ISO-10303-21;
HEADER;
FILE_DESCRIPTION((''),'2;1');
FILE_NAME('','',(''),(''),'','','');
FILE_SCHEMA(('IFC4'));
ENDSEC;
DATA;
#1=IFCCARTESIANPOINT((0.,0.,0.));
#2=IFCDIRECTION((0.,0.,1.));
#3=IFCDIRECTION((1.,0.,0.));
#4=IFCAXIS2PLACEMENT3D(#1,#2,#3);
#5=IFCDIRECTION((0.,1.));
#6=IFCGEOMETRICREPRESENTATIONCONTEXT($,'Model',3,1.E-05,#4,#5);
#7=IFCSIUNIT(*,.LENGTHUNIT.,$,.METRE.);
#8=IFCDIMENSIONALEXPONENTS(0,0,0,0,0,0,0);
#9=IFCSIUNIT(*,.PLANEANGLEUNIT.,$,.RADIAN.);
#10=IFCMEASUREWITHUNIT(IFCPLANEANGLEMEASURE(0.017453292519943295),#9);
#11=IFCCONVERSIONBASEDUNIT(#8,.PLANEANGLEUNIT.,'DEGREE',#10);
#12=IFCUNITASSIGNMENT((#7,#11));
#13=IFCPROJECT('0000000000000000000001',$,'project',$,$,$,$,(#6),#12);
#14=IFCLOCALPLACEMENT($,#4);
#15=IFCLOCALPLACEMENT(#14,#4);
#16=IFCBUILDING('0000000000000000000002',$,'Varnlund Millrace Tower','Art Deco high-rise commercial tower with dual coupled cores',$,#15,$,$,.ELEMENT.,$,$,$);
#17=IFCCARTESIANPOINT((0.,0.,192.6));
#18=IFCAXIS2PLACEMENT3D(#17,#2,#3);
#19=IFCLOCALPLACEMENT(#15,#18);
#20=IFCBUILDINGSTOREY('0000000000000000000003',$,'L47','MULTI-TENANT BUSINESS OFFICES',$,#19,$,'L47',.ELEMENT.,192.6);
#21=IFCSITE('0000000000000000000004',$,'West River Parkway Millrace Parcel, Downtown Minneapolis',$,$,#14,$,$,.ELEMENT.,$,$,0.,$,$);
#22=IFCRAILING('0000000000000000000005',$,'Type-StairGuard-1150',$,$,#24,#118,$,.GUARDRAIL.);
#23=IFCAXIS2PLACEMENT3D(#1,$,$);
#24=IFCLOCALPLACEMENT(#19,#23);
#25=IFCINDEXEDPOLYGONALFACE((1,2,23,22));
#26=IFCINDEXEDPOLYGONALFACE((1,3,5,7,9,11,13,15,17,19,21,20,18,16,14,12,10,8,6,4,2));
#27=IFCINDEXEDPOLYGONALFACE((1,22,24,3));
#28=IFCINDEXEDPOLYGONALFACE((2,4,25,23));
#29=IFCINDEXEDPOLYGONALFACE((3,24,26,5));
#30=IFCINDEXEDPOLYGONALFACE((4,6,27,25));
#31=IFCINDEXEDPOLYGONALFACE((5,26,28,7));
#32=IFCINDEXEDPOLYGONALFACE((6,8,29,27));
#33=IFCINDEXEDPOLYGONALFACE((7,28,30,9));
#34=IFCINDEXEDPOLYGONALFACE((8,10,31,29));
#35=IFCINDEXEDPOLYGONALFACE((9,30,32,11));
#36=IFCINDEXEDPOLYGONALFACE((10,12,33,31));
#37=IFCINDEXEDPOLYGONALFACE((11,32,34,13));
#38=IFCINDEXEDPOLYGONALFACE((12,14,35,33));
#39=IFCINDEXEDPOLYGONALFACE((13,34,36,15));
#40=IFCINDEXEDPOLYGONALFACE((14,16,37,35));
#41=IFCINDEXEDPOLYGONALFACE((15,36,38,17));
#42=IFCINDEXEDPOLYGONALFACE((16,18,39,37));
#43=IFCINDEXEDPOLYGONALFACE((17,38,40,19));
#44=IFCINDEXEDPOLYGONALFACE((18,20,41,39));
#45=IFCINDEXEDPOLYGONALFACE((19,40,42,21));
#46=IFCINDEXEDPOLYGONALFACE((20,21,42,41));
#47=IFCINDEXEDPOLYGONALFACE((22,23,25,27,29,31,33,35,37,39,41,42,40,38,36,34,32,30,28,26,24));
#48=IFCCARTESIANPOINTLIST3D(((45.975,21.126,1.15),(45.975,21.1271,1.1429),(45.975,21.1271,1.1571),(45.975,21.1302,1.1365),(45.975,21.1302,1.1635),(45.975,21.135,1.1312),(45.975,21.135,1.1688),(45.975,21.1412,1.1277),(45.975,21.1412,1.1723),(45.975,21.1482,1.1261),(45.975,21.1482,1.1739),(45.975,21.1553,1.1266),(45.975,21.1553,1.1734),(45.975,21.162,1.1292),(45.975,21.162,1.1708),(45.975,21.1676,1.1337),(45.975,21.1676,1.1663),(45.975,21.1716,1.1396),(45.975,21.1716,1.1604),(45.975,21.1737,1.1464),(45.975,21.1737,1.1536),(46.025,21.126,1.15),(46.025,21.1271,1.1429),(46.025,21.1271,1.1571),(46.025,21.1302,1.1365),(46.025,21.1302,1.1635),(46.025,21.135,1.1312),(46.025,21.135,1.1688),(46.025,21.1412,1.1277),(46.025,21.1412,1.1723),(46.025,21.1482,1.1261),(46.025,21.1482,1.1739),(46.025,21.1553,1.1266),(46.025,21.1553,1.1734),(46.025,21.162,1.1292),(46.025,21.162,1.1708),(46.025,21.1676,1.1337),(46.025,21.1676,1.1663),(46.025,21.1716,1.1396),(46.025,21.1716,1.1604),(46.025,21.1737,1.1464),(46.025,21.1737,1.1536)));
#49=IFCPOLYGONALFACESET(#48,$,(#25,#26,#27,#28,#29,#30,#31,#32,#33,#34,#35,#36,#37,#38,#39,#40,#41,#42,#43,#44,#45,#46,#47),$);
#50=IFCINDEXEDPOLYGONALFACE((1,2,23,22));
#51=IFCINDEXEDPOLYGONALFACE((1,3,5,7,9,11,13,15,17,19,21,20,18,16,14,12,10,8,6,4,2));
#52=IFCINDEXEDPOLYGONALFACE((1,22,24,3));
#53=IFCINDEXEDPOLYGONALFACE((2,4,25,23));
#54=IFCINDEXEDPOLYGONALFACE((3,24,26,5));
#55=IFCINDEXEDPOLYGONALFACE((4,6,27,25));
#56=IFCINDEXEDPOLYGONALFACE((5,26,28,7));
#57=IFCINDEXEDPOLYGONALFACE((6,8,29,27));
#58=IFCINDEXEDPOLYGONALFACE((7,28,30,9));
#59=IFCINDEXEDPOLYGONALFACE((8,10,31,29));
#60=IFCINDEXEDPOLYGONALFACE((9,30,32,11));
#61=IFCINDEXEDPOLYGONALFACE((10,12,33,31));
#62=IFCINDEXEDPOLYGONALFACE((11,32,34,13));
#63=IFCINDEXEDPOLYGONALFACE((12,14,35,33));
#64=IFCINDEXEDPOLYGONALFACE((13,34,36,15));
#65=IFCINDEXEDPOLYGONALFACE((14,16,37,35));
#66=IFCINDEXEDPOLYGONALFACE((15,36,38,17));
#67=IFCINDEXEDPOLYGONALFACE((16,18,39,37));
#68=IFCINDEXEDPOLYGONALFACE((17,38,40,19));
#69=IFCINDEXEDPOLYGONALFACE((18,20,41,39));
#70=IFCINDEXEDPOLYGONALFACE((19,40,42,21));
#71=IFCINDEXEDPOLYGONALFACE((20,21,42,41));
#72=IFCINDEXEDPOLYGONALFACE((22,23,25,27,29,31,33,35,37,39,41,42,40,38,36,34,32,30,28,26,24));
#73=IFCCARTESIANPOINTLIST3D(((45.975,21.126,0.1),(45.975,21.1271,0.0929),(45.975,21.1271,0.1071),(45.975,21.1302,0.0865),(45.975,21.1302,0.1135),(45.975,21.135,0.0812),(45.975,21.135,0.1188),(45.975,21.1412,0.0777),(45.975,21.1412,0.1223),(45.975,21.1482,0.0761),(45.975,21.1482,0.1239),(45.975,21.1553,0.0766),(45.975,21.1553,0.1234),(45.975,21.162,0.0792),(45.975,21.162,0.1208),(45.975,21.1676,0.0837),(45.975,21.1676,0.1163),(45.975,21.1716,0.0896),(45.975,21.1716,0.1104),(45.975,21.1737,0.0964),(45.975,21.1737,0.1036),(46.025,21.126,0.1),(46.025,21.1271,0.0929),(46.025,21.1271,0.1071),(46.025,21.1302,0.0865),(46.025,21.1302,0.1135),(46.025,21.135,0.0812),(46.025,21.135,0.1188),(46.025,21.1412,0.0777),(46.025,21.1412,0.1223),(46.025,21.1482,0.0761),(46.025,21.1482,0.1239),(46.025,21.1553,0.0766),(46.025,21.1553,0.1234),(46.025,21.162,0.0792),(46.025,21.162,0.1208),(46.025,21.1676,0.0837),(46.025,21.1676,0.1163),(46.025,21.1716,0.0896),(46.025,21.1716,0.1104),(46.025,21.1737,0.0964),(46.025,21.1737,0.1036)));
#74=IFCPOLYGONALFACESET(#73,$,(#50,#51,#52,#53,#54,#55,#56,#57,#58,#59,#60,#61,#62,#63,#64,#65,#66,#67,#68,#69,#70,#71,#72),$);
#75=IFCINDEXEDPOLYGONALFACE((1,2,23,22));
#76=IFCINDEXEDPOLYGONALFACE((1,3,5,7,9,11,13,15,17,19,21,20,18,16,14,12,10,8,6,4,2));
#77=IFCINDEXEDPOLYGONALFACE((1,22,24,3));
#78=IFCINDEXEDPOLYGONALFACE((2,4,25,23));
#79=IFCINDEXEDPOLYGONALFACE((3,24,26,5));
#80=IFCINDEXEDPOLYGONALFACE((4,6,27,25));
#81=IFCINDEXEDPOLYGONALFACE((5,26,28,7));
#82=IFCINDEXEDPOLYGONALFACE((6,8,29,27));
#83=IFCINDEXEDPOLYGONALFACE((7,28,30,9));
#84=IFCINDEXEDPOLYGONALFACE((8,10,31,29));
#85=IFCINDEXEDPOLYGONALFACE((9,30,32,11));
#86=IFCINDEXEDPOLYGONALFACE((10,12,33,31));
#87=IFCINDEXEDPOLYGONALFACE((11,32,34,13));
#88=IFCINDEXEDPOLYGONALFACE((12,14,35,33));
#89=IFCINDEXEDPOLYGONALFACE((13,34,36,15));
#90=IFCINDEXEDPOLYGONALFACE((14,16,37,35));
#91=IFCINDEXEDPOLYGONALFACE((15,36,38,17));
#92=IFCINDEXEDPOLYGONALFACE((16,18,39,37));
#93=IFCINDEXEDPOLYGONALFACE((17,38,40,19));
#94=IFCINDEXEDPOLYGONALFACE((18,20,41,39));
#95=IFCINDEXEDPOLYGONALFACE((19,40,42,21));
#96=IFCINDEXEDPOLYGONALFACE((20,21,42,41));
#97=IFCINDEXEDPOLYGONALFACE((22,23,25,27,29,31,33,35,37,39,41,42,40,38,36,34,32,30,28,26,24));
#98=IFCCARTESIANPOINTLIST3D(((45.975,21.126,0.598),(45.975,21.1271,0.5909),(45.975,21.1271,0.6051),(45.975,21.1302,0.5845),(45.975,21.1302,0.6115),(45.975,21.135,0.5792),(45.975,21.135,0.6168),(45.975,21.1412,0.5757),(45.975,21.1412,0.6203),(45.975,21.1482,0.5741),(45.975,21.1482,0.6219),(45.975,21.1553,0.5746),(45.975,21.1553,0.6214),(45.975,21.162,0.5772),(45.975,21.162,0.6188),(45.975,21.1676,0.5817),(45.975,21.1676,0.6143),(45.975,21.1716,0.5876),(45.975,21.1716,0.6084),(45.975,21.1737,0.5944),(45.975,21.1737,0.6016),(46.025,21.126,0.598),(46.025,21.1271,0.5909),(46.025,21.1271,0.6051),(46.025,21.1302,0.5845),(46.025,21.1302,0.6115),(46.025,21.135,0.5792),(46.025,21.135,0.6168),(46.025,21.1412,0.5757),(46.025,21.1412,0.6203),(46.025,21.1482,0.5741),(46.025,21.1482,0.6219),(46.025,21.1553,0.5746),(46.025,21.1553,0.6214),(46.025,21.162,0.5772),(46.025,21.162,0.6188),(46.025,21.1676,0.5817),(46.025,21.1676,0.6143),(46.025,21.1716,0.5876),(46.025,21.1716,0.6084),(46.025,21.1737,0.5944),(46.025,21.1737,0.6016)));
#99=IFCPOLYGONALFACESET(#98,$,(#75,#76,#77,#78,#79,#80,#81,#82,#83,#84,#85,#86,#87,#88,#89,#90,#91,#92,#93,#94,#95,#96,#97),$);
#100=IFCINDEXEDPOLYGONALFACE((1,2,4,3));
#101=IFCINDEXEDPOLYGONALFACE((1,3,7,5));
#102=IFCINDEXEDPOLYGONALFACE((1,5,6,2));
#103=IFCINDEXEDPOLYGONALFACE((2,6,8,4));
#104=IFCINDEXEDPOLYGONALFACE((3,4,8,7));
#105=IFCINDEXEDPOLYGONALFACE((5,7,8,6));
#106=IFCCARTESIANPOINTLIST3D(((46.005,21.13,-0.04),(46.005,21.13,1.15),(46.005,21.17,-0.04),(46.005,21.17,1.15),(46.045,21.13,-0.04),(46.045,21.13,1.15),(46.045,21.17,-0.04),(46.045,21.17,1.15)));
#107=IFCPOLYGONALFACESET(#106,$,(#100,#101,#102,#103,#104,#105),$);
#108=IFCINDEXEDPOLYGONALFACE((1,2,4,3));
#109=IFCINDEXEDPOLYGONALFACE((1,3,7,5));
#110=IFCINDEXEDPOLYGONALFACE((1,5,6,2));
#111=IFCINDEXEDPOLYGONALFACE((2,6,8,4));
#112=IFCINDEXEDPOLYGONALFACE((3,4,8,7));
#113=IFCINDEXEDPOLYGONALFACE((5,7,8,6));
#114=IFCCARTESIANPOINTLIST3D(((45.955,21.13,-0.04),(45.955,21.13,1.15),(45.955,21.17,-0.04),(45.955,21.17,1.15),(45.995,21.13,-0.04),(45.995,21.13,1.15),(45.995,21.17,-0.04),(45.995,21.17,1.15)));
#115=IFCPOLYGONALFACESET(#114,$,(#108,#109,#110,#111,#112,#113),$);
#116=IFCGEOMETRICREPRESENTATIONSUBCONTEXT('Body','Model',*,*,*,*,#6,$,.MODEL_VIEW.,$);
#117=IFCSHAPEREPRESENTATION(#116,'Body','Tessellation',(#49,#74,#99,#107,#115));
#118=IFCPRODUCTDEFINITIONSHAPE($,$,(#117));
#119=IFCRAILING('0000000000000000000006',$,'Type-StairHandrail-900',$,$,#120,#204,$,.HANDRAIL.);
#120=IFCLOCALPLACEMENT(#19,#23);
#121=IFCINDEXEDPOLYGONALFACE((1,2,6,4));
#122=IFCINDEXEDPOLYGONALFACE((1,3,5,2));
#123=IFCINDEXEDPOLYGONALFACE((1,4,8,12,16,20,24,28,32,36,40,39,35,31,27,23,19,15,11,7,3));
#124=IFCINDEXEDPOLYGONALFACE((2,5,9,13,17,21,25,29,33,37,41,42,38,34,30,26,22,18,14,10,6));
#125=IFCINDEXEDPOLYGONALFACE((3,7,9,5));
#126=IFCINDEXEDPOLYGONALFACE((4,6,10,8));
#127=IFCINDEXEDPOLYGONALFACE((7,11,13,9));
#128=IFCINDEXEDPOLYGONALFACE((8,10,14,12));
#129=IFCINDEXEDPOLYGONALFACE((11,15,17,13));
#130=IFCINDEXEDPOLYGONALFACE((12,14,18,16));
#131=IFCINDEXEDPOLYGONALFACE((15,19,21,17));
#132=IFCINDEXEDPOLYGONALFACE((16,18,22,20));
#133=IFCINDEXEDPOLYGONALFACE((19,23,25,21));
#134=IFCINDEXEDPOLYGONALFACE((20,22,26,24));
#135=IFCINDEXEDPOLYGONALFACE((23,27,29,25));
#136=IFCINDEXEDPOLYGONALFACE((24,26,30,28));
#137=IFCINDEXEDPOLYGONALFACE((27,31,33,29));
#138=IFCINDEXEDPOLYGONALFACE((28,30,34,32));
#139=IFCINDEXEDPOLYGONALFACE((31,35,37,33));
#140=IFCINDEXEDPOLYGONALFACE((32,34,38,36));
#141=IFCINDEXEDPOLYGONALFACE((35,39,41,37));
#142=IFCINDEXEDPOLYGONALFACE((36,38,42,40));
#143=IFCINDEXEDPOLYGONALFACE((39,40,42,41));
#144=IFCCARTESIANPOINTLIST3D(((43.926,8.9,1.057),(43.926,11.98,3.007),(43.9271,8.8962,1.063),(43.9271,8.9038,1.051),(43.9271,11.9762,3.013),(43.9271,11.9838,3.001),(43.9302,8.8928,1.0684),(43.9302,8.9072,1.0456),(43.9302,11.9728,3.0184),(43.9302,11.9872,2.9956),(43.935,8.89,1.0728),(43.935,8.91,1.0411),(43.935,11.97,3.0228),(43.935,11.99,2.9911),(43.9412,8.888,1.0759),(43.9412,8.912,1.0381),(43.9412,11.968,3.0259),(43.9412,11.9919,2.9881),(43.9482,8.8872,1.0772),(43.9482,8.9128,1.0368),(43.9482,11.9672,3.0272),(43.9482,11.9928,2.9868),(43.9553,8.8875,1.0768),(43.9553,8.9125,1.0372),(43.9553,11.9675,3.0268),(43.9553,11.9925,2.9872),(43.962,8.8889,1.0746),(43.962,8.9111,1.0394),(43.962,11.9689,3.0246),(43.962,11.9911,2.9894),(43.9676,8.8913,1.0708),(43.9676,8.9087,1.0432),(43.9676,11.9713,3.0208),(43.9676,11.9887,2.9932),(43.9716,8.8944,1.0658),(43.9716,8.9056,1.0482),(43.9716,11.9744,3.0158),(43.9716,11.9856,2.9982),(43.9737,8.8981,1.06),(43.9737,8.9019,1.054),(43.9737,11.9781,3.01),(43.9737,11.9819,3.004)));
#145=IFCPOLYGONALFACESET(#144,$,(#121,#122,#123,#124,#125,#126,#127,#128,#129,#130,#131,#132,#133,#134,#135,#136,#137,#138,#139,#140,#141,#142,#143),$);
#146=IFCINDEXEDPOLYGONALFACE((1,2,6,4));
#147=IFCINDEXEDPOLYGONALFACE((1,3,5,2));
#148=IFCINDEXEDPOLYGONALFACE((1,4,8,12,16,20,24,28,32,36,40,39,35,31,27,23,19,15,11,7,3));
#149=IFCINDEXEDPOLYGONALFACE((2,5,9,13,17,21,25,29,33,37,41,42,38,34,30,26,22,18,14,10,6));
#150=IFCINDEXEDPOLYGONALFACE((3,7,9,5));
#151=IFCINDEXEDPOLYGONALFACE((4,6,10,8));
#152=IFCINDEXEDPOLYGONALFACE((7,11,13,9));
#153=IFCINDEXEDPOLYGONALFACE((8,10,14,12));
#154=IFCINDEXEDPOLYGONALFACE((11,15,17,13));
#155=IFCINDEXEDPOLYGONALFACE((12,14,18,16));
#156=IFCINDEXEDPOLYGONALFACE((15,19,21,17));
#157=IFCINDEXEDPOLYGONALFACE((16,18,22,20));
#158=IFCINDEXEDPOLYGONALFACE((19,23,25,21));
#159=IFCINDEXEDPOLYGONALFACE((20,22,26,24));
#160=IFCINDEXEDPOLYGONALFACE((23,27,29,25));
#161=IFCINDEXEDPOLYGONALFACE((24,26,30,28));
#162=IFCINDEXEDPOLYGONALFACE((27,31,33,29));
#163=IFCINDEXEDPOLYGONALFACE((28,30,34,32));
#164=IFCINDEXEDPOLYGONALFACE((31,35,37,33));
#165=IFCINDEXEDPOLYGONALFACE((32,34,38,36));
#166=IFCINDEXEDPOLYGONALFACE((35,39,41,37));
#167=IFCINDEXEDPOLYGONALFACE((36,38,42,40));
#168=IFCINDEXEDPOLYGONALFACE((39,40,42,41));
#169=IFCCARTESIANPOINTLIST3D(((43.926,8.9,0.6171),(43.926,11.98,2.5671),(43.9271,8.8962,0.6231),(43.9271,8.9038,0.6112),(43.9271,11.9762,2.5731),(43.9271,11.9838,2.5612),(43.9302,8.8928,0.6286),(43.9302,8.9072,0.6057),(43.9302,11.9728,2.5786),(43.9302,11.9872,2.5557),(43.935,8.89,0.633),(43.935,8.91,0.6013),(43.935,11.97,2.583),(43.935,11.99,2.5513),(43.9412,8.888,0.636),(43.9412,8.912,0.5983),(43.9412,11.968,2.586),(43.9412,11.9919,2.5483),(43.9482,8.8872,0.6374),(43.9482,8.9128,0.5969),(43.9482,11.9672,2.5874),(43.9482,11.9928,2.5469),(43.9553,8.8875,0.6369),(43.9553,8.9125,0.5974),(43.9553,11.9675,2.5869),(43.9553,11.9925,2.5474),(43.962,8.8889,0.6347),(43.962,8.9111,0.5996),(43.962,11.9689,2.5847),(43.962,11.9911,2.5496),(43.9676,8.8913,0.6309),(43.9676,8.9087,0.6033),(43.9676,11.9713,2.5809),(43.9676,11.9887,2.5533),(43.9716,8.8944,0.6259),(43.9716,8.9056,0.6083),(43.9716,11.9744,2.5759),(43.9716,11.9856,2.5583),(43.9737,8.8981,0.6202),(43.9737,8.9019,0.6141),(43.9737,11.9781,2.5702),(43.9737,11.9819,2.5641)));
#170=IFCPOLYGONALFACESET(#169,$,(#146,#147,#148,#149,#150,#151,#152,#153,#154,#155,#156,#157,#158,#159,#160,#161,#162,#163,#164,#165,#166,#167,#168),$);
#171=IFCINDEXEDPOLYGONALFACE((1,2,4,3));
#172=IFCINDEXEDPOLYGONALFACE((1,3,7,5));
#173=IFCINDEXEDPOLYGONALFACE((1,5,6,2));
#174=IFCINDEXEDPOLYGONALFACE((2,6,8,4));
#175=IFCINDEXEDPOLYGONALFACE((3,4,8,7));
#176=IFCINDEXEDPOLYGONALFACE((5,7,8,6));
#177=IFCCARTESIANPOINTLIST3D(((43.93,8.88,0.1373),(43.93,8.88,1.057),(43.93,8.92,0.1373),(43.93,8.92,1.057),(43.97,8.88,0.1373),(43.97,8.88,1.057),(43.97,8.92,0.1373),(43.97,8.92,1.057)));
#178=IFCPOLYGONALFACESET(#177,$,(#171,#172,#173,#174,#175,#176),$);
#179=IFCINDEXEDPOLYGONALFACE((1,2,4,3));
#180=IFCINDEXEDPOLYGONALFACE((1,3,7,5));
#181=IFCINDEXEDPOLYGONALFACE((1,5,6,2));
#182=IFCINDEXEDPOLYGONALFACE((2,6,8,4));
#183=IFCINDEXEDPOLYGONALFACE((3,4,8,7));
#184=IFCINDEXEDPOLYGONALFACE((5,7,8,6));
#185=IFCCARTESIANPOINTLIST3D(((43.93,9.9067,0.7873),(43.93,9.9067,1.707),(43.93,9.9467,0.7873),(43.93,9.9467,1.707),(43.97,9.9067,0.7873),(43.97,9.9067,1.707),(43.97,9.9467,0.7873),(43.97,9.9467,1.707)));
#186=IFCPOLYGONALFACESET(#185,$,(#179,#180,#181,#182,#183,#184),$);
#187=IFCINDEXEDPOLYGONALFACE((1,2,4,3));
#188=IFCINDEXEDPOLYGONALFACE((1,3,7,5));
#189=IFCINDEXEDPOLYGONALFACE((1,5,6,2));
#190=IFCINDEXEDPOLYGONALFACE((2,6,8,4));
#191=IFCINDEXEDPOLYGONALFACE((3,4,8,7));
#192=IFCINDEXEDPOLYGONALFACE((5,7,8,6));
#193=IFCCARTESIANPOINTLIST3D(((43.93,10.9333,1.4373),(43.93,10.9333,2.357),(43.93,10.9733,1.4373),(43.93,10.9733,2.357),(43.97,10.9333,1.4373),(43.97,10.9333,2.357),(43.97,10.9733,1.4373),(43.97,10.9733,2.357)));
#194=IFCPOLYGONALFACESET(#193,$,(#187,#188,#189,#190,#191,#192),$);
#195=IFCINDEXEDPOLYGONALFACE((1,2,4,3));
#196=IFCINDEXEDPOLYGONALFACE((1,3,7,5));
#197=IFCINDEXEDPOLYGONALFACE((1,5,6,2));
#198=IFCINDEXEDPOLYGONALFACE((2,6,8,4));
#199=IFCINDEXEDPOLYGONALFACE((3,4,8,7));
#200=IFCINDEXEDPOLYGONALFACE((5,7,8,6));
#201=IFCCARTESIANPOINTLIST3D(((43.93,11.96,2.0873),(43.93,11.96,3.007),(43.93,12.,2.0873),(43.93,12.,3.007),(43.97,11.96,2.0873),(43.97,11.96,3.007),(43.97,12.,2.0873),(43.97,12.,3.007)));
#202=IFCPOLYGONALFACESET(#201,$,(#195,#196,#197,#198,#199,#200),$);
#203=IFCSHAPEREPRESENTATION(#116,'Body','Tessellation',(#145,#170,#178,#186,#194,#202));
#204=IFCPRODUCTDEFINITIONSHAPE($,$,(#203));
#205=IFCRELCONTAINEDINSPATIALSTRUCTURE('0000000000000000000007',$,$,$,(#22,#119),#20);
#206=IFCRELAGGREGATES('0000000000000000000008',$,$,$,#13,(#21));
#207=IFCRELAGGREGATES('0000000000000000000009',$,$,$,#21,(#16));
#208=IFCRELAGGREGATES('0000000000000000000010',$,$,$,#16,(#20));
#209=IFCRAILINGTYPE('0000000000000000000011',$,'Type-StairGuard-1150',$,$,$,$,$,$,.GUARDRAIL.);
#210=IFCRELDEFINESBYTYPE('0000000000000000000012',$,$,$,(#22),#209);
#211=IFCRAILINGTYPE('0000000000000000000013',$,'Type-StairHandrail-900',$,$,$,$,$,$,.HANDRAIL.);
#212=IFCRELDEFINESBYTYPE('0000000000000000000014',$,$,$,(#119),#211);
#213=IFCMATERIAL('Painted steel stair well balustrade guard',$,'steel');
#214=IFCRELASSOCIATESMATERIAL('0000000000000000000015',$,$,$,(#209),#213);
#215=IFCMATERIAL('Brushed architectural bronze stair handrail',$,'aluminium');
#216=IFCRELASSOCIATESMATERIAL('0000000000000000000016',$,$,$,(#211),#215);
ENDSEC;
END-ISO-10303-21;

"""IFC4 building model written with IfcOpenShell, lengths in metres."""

from ifc_helpers import new_model, entity, si_unit, converted_unit, direction, frame, origin_with_axes, origin_2d_with_axis, place, context, subcontext, project, spatial, rectangle, circle, extrude, material, type_object, element, save


model = new_model("IFC4")

# Units and contexts
model_context = context("Model", 3, precision=1e-05, world=origin_with_axes(), true_north=direction((0.0, 1.0)))
body_context = subcontext(model_context, "Body", "Model", "MODEL_VIEW")
ifc_project = project(units=[si_unit("LENGTHUNIT", "METRE"), converted_unit("PLANEANGLEUNIT", "DEGREE", entity("IfcPlaneAngleMeasure", 0.017453292519943295), si_unit("PLANEANGLEUNIT", "RADIAN"), dimensions=[0, 0, 0, 0, 0, 0, 0])], contexts=[model_context])

# Site, building, storey
site_placement = place(None, origin_with_axes())
site = spatial("IfcSite", under=ifc_project, at=site_placement, Name="West River Parkway Millrace Parcel, Downtown Minneapolis", CompositionType="ELEMENT", RefElevation=0.0)
building_placement = place(site_placement, origin_with_axes())
building = spatial("IfcBuilding", under=site, at=building_placement, Name="Varnlund Millrace Tower", Description="Art Deco high-rise commercial tower with dual coupled cores", CompositionType="ELEMENT")
storey_placement = place(building_placement, frame((0.0, 0.0, 192.6), z_axis=(0.0, 0.0, 1.0), x_axis=(1.0, 0.0, 0.0)))
storey = spatial("IfcBuildingStorey", under=building, at=storey_placement, Name="L47", Description="MULTI-TENANT BUSINESS OFFICES", LongName="L47", CompositionType="ELEMENT", Elevation=192.6)

# Railings
ifc_material_1 = material(Name="Painted steel stair well balustrade guard", Category="steel")
railing_type_1 = type_object("IfcRailingType", Name="Type-StairGuard-1150", PredefinedType="GUARDRAIL", material=ifc_material_1)
railing_1_placement = place(storey_placement, frame((0.0, 0.0, -192.6), z_axis=(0.0, 0.0, 1.0), x_axis=(1.0, 0.0, 0.0)))
element("IfcRailing", 1, at=railing_1_placement, inside=storey, type_object=railing_type_1, Name="Type-StairGuard-1150", PredefinedType="GUARDRAIL", context=body_context, shape_type="SweptSolid", body=[
    extrude(circle(Radius=0.024, at=origin_2d_with_axis()), frame((46.025, 21.15, 193.75), z_axis=(-1.0, 0.0, 0.0), x_axis=(0.0, -1.0, 0.0)), (0.0, 0.0, 1.0), 0.05),
    extrude(circle(Radius=0.024, at=origin_2d_with_axis()), frame((46.025, 21.15, 192.7), z_axis=(-1.0, 0.0, 0.0), x_axis=(0.0, -1.0, 0.0)), (0.0, 0.0, 1.0), 0.05),
    extrude(circle(Radius=0.024, at=origin_2d_with_axis()), frame((46.025, 21.15, 193.198), z_axis=(-1.0, 0.0, 0.0), x_axis=(0.0, -1.0, 0.0)), (0.0, 0.0, 1.0), 0.05),
    extrude(rectangle(XDim=0.04, YDim=0.04, at=origin_2d_with_axis()), frame((46.025, 21.15, 192.56), z_axis=(0.0, 0.0, 1.0), x_axis=(1.0, 0.0, 0.0)), (0.0, 0.0, 1.0), 1.19),
    extrude(rectangle(XDim=0.04, YDim=0.04, at=origin_2d_with_axis()), frame((45.975, 21.15, 192.56), z_axis=(0.0, 0.0, 1.0), x_axis=(1.0, 0.0, 0.0)), (0.0, 0.0, 1.0), 1.19),
])
ifc_material_2 = material(Name="Brushed architectural bronze stair handrail", Category="aluminium")
railing_type_2 = type_object("IfcRailingType", Name="Type-StairHandrail-900", PredefinedType="HANDRAIL", material=ifc_material_2)
railing_2_placement = place(storey_placement, frame((0.0, 0.0, -192.6), z_axis=(0.0, 0.0, 1.0), x_axis=(1.0, 0.0, 0.0)))
element("IfcRailing", 2, at=railing_2_placement, inside=storey, type_object=railing_type_2, Name="Type-StairHandrail-900", PredefinedType="HANDRAIL", context=body_context, shape_type="SweptSolid", body=[
    extrude(circle(Radius=0.024, at=origin_2d_with_axis()), frame((43.95, 8.9, 193.657), z_axis=(0.0, 0.844902, 0.534922), x_axis=(-1.0, 0.0, 0.0)), (0.0, 0.0, 1.0), 3.6454),
    extrude(circle(Radius=0.024, at=origin_2d_with_axis()), frame((43.95, 8.9, 193.2171), z_axis=(0.0, 0.844902, 0.534922), x_axis=(-1.0, 0.0, 0.0)), (0.0, 0.0, 1.0), 3.6454),
    extrude(rectangle(XDim=0.04, YDim=0.04, at=origin_2d_with_axis()), frame((43.95, 8.9, 192.7373), z_axis=(0.0, 0.0, 1.0), x_axis=(1.0, 0.0, 0.0)), (0.0, 0.0, 1.0), 0.9197),
    extrude(rectangle(XDim=0.04, YDim=0.04, at=origin_2d_with_axis()), frame((43.95, 9.9267, 193.3873), z_axis=(0.0, 0.0, 1.0), x_axis=(1.0, 0.0, 0.0)), (0.0, 0.0, 1.0), 0.9197),
    extrude(rectangle(XDim=0.04, YDim=0.04, at=origin_2d_with_axis()), frame((43.95, 10.9533, 194.0373), z_axis=(0.0, 0.0, 1.0), x_axis=(1.0, 0.0, 0.0)), (0.0, 0.0, 1.0), 0.9197),
    extrude(rectangle(XDim=0.04, YDim=0.04, at=origin_2d_with_axis()), frame((43.95, 11.98, 194.6873), z_axis=(0.0, 0.0, 1.0), x_axis=(1.0, 0.0, 0.0)), (0.0, 0.0, 1.0), 0.9197),
])

save(model, "model.ifc")
